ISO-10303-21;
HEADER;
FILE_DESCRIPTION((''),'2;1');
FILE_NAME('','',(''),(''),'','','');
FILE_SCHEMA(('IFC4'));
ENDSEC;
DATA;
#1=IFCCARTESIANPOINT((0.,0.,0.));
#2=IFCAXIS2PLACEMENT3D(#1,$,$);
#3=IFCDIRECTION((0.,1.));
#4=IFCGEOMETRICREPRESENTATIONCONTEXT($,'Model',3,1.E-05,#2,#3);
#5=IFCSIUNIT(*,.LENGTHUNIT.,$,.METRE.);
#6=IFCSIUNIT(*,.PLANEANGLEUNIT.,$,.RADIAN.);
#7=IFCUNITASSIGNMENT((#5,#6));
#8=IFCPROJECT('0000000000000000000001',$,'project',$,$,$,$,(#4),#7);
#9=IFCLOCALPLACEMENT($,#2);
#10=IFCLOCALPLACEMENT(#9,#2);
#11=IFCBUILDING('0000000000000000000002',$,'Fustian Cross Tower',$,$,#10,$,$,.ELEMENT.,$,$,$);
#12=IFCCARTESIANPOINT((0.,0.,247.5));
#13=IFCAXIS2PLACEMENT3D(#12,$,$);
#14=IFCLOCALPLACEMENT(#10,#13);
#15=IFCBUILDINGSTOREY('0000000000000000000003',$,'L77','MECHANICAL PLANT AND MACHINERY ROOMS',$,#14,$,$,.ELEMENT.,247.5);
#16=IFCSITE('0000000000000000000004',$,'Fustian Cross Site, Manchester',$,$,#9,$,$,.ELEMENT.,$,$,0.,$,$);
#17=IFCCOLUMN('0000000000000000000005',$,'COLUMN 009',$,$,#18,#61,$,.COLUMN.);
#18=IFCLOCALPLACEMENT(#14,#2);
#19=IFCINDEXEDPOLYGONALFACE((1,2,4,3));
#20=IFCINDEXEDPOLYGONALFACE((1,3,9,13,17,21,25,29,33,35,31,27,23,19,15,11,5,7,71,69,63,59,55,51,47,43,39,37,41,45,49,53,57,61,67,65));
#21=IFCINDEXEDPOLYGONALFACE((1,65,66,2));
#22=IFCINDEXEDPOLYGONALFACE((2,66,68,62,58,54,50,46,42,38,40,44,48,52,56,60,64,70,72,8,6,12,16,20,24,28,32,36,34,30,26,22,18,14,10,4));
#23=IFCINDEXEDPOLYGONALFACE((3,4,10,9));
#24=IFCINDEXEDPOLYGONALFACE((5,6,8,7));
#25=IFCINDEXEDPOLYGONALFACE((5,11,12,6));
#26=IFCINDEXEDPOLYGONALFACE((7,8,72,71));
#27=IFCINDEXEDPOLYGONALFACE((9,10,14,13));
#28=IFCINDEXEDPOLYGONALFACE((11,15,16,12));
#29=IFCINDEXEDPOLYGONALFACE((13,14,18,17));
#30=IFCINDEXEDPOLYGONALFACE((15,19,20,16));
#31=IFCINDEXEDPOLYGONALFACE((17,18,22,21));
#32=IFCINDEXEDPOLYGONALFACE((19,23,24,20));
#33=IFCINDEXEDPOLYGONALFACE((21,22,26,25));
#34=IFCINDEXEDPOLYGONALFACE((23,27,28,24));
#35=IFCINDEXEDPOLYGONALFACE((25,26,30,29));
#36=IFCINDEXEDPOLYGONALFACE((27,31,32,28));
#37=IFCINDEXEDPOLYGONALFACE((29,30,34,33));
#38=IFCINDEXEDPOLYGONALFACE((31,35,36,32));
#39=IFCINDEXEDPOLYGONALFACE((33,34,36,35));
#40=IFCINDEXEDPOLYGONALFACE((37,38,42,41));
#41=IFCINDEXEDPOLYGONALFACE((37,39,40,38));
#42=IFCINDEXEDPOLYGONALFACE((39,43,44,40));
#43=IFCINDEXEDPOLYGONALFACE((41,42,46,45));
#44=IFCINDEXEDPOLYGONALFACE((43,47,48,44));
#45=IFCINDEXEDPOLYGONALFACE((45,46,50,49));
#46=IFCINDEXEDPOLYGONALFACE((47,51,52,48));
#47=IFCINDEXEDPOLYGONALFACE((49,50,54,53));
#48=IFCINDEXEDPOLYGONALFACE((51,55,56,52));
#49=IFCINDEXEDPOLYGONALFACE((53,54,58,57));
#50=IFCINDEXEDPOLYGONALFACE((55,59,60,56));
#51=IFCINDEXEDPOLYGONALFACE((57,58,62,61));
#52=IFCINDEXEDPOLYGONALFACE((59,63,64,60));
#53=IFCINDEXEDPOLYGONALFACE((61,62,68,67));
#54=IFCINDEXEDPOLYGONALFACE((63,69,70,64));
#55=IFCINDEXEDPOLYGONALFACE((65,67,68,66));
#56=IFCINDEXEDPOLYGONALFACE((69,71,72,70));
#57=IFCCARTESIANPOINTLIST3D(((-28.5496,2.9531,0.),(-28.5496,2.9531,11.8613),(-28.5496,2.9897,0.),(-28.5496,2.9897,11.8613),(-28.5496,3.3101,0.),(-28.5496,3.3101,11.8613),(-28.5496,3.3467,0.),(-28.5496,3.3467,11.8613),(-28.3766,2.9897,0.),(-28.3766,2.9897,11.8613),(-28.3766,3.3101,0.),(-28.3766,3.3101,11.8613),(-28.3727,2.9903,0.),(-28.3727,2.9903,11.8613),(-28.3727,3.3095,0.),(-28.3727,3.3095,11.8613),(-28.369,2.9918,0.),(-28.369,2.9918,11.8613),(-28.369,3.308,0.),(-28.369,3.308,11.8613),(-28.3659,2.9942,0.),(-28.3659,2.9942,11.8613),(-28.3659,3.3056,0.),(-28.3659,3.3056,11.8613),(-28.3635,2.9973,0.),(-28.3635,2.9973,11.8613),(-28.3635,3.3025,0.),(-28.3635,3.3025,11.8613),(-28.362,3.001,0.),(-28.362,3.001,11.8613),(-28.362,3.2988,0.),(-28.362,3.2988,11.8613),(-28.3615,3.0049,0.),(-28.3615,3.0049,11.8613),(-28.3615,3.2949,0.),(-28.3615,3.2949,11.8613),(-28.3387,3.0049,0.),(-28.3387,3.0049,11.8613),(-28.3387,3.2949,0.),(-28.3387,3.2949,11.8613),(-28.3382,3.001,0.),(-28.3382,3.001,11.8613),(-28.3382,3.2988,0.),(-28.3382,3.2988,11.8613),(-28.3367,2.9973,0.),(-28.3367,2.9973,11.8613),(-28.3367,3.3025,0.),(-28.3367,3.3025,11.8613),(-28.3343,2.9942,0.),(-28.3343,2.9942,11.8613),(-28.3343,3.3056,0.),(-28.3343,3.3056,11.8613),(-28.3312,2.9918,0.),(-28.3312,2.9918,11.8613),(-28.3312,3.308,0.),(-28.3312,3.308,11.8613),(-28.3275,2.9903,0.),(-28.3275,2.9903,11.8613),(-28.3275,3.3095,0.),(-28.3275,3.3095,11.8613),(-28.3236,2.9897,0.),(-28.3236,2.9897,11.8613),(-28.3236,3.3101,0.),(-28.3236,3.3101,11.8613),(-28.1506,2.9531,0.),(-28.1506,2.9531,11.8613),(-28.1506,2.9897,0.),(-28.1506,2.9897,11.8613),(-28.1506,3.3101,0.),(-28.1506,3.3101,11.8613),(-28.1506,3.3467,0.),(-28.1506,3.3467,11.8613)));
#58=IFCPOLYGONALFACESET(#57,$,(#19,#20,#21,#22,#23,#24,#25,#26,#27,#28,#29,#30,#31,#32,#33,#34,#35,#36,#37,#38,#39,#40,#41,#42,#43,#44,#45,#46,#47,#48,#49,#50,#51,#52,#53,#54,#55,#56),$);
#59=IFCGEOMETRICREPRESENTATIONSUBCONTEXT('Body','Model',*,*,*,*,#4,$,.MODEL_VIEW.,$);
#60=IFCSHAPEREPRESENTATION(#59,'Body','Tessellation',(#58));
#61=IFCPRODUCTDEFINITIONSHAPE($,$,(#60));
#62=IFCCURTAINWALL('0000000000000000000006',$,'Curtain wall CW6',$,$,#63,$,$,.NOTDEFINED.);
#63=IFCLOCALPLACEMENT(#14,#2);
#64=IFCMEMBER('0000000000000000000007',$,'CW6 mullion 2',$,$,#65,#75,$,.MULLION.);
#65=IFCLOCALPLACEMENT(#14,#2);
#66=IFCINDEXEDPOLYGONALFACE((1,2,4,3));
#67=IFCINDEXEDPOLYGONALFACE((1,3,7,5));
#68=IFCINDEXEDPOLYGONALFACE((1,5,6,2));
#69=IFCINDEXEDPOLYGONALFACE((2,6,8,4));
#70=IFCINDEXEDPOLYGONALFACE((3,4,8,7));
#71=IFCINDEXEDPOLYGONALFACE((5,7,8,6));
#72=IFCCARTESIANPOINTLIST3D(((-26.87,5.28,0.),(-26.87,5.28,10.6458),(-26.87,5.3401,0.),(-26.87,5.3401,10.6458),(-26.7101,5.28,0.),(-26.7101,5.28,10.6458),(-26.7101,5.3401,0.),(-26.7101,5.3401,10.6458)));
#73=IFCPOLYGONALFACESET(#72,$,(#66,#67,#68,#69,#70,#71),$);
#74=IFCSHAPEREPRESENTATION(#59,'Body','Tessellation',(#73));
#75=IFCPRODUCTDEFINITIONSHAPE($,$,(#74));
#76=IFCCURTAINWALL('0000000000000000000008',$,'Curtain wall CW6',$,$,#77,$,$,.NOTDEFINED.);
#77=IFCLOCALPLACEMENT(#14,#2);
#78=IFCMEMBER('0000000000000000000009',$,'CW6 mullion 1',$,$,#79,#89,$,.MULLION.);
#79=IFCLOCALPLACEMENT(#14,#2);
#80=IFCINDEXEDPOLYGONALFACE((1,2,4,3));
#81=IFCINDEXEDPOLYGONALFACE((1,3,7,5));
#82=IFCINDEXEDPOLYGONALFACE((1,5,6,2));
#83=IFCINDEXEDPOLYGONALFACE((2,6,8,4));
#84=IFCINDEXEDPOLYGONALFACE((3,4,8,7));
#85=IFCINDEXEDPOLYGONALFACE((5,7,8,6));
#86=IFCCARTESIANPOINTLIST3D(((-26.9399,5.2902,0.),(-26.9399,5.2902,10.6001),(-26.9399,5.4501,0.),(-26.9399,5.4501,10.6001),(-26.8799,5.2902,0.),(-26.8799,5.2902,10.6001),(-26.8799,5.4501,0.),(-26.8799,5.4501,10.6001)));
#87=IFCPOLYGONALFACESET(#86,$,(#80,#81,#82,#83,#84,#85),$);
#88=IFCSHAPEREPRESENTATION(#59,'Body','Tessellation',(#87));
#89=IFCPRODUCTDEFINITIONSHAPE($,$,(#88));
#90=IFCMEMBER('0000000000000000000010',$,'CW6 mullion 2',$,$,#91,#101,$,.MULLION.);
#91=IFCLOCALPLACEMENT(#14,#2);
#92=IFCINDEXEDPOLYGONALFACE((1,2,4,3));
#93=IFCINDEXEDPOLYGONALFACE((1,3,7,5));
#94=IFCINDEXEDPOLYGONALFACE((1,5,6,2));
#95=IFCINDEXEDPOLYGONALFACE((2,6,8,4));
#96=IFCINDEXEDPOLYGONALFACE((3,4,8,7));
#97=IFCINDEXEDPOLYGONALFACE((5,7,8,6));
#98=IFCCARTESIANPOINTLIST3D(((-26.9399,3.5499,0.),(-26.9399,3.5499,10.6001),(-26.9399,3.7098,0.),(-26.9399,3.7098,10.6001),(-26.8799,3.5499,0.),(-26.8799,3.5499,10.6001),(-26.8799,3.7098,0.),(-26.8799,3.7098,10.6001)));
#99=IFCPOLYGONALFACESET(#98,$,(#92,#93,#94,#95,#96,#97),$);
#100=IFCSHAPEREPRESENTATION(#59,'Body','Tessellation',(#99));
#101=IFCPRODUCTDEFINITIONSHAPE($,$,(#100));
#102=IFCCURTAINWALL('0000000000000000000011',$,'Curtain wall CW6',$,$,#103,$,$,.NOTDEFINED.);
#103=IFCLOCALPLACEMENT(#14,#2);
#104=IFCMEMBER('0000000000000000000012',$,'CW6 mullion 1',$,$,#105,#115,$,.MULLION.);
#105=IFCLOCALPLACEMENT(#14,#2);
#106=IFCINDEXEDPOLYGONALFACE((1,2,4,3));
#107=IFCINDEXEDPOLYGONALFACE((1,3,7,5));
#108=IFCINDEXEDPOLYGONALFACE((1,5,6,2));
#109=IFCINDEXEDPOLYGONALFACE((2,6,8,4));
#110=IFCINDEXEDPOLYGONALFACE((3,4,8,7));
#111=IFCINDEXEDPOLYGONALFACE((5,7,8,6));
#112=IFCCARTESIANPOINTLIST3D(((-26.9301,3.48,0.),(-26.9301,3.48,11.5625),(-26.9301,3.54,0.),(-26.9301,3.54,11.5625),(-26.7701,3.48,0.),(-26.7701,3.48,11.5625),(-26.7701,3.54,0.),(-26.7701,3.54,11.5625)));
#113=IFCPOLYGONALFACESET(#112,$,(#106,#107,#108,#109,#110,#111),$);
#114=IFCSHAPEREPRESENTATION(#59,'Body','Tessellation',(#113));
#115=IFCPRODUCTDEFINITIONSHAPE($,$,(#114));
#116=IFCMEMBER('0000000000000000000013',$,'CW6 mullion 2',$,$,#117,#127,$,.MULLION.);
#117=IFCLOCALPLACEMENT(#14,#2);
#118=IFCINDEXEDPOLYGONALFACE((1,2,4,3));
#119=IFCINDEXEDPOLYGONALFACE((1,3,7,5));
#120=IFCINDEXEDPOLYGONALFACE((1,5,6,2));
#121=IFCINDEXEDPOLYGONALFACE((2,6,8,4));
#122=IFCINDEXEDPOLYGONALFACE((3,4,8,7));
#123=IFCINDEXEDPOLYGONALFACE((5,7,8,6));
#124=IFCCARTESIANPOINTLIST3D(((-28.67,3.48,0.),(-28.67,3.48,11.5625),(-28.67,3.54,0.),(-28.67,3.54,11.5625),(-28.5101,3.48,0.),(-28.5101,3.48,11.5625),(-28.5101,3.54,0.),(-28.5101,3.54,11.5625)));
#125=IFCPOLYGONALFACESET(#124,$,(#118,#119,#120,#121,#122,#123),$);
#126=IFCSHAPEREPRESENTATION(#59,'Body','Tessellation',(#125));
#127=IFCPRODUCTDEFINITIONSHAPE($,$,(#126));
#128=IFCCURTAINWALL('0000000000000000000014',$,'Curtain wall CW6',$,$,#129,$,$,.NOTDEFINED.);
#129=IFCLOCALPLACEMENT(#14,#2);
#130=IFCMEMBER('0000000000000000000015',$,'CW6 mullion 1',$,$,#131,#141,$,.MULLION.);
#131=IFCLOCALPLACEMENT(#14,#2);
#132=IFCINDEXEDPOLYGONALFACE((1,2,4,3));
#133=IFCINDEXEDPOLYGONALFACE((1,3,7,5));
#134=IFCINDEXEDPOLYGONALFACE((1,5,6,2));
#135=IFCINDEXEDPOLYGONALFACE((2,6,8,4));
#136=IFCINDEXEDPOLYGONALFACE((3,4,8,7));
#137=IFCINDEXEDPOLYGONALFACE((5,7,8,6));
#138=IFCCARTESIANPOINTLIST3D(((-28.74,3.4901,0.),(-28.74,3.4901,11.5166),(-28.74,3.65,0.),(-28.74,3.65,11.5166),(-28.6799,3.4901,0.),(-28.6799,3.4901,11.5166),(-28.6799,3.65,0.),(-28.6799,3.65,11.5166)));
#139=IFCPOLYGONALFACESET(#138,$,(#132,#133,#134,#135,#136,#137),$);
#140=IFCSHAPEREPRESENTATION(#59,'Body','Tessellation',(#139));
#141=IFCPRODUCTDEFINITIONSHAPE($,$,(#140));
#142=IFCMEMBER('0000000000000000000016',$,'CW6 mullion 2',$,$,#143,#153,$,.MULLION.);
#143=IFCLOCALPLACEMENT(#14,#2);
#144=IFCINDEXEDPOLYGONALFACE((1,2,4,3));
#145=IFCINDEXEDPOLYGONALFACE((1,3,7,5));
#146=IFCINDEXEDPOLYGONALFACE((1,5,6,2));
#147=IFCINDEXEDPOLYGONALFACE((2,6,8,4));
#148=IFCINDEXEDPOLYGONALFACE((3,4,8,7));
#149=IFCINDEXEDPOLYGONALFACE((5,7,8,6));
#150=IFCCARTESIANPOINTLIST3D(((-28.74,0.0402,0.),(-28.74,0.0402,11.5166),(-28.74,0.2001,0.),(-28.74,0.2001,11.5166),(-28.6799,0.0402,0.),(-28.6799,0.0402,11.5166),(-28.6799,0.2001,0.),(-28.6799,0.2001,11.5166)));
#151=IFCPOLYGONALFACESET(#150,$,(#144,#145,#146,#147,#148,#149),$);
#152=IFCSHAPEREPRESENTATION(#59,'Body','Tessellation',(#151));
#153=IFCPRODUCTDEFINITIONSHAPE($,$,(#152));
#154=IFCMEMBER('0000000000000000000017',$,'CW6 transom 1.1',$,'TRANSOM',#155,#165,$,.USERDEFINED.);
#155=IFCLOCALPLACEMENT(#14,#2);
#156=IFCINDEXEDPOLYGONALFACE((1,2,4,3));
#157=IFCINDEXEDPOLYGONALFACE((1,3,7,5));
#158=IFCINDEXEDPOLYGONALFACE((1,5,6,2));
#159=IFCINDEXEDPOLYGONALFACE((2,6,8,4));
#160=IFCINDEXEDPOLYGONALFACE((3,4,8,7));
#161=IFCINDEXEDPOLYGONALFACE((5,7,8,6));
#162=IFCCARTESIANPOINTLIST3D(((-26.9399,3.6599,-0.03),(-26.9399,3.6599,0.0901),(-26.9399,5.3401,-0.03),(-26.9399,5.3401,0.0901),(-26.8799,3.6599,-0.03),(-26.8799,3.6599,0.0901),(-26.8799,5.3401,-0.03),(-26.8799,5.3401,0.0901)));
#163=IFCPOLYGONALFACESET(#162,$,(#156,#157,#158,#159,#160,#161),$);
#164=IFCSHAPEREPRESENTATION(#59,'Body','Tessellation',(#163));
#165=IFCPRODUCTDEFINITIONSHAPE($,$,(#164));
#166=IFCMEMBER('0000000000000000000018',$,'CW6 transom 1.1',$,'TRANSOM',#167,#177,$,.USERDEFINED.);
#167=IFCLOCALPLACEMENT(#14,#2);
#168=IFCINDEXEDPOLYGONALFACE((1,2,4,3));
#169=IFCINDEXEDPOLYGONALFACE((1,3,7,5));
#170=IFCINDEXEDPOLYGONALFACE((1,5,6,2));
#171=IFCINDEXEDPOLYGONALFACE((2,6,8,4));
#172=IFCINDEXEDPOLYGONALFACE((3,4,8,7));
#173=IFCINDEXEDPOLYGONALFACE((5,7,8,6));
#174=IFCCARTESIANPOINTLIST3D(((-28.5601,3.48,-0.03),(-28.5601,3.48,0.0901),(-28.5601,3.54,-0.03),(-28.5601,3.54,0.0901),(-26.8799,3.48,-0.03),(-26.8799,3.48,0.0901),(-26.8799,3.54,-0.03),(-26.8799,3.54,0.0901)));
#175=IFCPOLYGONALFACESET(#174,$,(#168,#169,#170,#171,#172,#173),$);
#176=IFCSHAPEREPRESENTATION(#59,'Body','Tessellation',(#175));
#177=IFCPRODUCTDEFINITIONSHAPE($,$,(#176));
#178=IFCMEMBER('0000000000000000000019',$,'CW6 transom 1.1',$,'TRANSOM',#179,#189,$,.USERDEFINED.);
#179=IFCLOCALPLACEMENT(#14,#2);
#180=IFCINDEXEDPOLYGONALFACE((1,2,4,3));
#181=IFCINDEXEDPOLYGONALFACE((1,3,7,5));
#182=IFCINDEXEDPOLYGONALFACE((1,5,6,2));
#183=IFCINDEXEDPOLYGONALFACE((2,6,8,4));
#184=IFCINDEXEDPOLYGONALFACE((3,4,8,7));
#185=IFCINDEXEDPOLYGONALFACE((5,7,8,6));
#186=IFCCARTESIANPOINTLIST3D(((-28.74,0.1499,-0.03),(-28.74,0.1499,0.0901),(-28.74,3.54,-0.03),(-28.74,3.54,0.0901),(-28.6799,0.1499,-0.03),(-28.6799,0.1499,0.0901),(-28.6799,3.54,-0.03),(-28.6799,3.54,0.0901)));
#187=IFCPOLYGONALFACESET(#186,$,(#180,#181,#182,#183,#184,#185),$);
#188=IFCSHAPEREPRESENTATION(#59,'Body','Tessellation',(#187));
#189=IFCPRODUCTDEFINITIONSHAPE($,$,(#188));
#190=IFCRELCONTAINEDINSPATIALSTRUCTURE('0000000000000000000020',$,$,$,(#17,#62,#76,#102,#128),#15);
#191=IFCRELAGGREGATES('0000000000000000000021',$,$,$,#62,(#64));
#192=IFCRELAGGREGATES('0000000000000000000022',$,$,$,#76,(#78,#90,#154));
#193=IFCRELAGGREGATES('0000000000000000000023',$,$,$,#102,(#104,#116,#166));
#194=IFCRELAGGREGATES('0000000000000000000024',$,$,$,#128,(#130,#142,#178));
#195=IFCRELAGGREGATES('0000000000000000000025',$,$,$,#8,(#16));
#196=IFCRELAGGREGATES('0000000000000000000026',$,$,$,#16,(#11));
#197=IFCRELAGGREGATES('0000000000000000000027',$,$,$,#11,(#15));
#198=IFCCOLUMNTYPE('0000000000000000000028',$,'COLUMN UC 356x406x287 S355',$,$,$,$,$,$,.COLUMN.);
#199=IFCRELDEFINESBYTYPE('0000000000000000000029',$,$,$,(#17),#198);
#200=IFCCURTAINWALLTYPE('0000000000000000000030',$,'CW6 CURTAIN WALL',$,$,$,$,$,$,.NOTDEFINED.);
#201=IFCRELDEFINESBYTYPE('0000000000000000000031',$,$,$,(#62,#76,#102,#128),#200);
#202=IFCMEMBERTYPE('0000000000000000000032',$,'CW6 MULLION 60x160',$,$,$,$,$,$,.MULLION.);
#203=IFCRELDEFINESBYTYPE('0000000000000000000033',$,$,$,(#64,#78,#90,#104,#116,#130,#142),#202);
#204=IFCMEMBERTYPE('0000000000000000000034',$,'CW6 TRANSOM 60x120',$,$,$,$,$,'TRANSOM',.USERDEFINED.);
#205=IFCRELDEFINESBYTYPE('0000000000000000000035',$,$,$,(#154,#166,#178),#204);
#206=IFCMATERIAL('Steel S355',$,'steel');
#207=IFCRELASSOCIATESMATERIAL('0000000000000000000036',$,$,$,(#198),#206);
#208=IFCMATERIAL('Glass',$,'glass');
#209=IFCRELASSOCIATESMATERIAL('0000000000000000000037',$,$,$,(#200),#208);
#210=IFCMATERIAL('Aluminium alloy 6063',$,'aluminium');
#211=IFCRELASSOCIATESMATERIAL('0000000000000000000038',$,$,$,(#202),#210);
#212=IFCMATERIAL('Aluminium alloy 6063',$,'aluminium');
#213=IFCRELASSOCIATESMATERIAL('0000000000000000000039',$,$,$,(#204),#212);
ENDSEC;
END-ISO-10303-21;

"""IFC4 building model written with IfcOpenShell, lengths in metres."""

from ifc_helpers import new_model, si_unit, direction, frame, origin, origin_2d, place, context, subcontext, project, spatial, rectangle, i_section, extrude, material, material_profile, profile_set, type_object, element, aggregate, save


model = new_model("IFC4")

# Units and contexts
model_context = context("Model", 3, precision=1e-05, world=origin(), true_north=direction((0.0, 1.0)))
body_context = subcontext(model_context, "Body", "Model", "MODEL_VIEW")
ifc_project = project(units=[si_unit("LENGTHUNIT", "METRE"), si_unit("PLANEANGLEUNIT", "RADIAN")], contexts=[model_context])

# Site, building, storey
site_placement = place(None, origin())
site = spatial("IfcSite", under=ifc_project, at=site_placement, Name="Fustian Cross Site, Manchester", CompositionType="ELEMENT", RefElevation=0.0)
building_placement = place(site_placement, origin())
building = spatial("IfcBuilding", under=site, at=building_placement, Name="Fustian Cross Tower", CompositionType="ELEMENT")
storey_placement = place(building_placement, frame((0.0, 0.0, 247.5)))
storey = spatial("IfcBuildingStorey", under=building, at=storey_placement, Name="L77", Description="MECHANICAL PLANT AND MACHINERY ROOMS", CompositionType="ELEMENT", Elevation=247.5)

# Column
ifc_material_1 = material(Name="Steel S355", Category="steel")
ifc_material_profile_1 = material_profile(ifc_material_1, i_section(OverallWidth=0.3989, OverallDepth=0.3936, WebThickness=0.0227, FlangeThickness=0.0366, FilletRadius=0.0151, at=origin_2d()), Name="UC 356x406x287")
ifc_profile_set_1 = profile_set([ifc_material_profile_1], Name="Steel S355")
column_type = type_object("IfcColumnType", Name="COLUMN UC 356x406x287 S355", PredefinedType="COLUMN", material=ifc_profile_set_1)
column_placement = place(storey_placement, frame((-28.3501, 3.1499, 0.0), z_axis=(0.0, 0.0, 1.0), x_axis=(1.0, 0.0, 0.0)))
element("IfcColumn", 1, at=column_placement, inside=storey, type_object=column_type, Name="COLUMN 009", PredefinedType="COLUMN", context=body_context, shape_type="SweptSolid", body=[
    extrude(i_section(OverallWidth=0.3989, OverallDepth=0.3936, WebThickness=0.0227, FlangeThickness=0.0366, FilletRadius=0.0151, at=origin_2d()), origin(), (0.0, 0.0, 1.0), 11.8613),
])

# Curtain wall, member
ifc_material_2 = material(Name="Glass", Category="glass")
curtain_wall_type = type_object("IfcCurtainWallType", Name="CW6 CURTAIN WALL", PredefinedType="NOTDEFINED", material=ifc_material_2)
curtain_wall_1_placement = place(storey_placement, origin())
curtain_wall_1 = element("IfcCurtainWall", 2, at=curtain_wall_1_placement, inside=storey, type_object=curtain_wall_type, Name="Curtain wall CW6", PredefinedType="NOTDEFINED")
ifc_material_3 = material(Name="Aluminium alloy 6063", Category="aluminium")
ifc_material_profile_2 = material_profile(ifc_material_3, rectangle(XDim=0.0601, YDim=0.1599, at=origin_2d()), Name="CW6 MULLION 60x160")
ifc_profile_set_2 = profile_set([ifc_material_profile_2], Name="Aluminium alloy 6063")
member_type_1 = type_object("IfcMemberType", Name="CW6 MULLION 60x160", PredefinedType="MULLION", material=ifc_profile_set_2)
member_1_placement = place(storey_placement, frame((-26.79, 5.3101, 0.0), z_axis=(0.0, 0.0, 1.0), x_axis=(0.0, -1.0, 0.0)))
member_1 = element("IfcMember", 3, at=member_1_placement, type_object=member_type_1, Name="CW6 mullion 2", PredefinedType="MULLION", context=body_context, shape_type="SweptSolid", body=[
    extrude(rectangle(XDim=0.0601, YDim=0.1599, at=origin_2d()), origin(), (0.0, 0.0, 1.0), 10.6458),
])

# Curtain walls, members
curtain_wall_2_placement = place(storey_placement, origin())
curtain_wall_2 = element("IfcCurtainWall", 4, at=curtain_wall_2_placement, inside=storey, type_object=curtain_wall_type, Name="Curtain wall CW6", PredefinedType="NOTDEFINED")
member_2_placement = place(storey_placement, frame((-26.9099, 5.3701, 0.0), z_axis=(0.0, 0.0, 1.0), x_axis=(1.0, 0.0, 0.0)))
member_2 = element("IfcMember", 5, at=member_2_placement, type_object=member_type_1, Name="CW6 mullion 1", PredefinedType="MULLION", context=body_context, shape_type="SweptSolid", body=[
    extrude(rectangle(XDim=0.0601, YDim=0.1599, at=origin_2d()), origin(), (0.0, 0.0, 1.0), 10.6001),
])
member_3_placement = place(storey_placement, frame((-26.9099, 3.6299, 0.0), z_axis=(0.0, 0.0, 1.0), x_axis=(1.0, 0.0, 0.0)))
member_3 = element("IfcMember", 6, at=member_3_placement, type_object=member_type_1, Name="CW6 mullion 2", PredefinedType="MULLION", context=body_context, shape_type="SweptSolid", body=[
    extrude(rectangle(XDim=0.0601, YDim=0.1599, at=origin_2d()), origin(), (0.0, 0.0, 1.0), 10.6001),
])
curtain_wall_3_placement = place(storey_placement, origin())
curtain_wall_3 = element("IfcCurtainWall", 7, at=curtain_wall_3_placement, inside=storey, type_object=curtain_wall_type, Name="Curtain wall CW6", PredefinedType="NOTDEFINED")
member_4_placement = place(storey_placement, frame((-26.8501, 3.51, 0.0), z_axis=(0.0, 0.0, 1.0), x_axis=(0.0, -1.0, 0.0)))
member_4 = element("IfcMember", 8, at=member_4_placement, type_object=member_type_1, Name="CW6 mullion 1", PredefinedType="MULLION", context=body_context, shape_type="SweptSolid", body=[
    extrude(rectangle(XDim=0.0601, YDim=0.1599, at=origin_2d()), origin(), (0.0, 0.0, 1.0), 11.5625),
])
member_5_placement = place(storey_placement, frame((-28.5901, 3.51, 0.0), z_axis=(0.0, 0.0, 1.0), x_axis=(0.0, -1.0, 0.0)))
member_5 = element("IfcMember", 9, at=member_5_placement, type_object=member_type_1, Name="CW6 mullion 2", PredefinedType="MULLION", context=body_context, shape_type="SweptSolid", body=[
    extrude(rectangle(XDim=0.0601, YDim=0.1599, at=origin_2d()), origin(), (0.0, 0.0, 1.0), 11.5625),
])
curtain_wall_4_placement = place(storey_placement, origin())
curtain_wall_4 = element("IfcCurtainWall", 10, at=curtain_wall_4_placement, inside=storey, type_object=curtain_wall_type, Name="Curtain wall CW6", PredefinedType="NOTDEFINED")
member_6_placement = place(storey_placement, frame((-28.71, 3.5701, 0.0), z_axis=(0.0, 0.0, 1.0), x_axis=(1.0, 0.0, 0.0)))
member_6 = element("IfcMember", 11, at=member_6_placement, type_object=member_type_1, Name="CW6 mullion 1", PredefinedType="MULLION", context=body_context, shape_type="SweptSolid", body=[
    extrude(rectangle(XDim=0.0601, YDim=0.1599, at=origin_2d()), origin(), (0.0, 0.0, 1.0), 11.5166),
])
member_7_placement = place(storey_placement, frame((-28.71, 0.1201, 0.0), z_axis=(0.0, 0.0, 1.0), x_axis=(1.0, 0.0, 0.0)))
member_7 = element("IfcMember", 12, at=member_7_placement, type_object=member_type_1, Name="CW6 mullion 2", PredefinedType="MULLION", context=body_context, shape_type="SweptSolid", body=[
    extrude(rectangle(XDim=0.0601, YDim=0.1599, at=origin_2d()), origin(), (0.0, 0.0, 1.0), 11.5166),
])

# Members
ifc_material_4 = material(Name="Aluminium alloy 6063", Category="aluminium")
ifc_material_profile_3 = material_profile(ifc_material_4, rectangle(XDim=0.0601, YDim=0.1201, at=origin_2d()), Name="CW6 TRANSOM 60x120")
ifc_profile_set_3 = profile_set([ifc_material_profile_3], Name="Aluminium alloy 6063")
member_type_2 = type_object("IfcMemberType", Name="CW6 TRANSOM 60x120", ElementType="TRANSOM", PredefinedType="USERDEFINED", material=ifc_profile_set_3)
member_8_placement = place(storey_placement, frame((-26.9099, 5.3401, 0.03), z_axis=(0.0, -1.0, 0.0), x_axis=(1.0, 0.0, 0.0)))
member_8 = element("IfcMember", 13, at=member_8_placement, type_object=member_type_2, Name="CW6 transom 1.1", ObjectType="TRANSOM", PredefinedType="USERDEFINED", context=body_context, shape_type="SweptSolid", body=[
    extrude(rectangle(XDim=0.0601, YDim=0.1201, at=origin_2d()), origin(), (0.0, 0.0, 1.0), 1.6802),
])
member_9_placement = place(storey_placement, frame((-26.8799, 3.51, 0.03), z_axis=(-1.0, 0.0, 0.0), x_axis=(0.0, -1.0, 0.0)))
member_9 = element("IfcMember", 14, at=member_9_placement, type_object=member_type_2, Name="CW6 transom 1.1", ObjectType="TRANSOM", PredefinedType="USERDEFINED", context=body_context, shape_type="SweptSolid", body=[
    extrude(rectangle(XDim=0.0601, YDim=0.1201, at=origin_2d()), origin(), (0.0, 0.0, 1.0), 1.6802),
])
member_10_placement = place(storey_placement, frame((-28.71, 3.54, 0.03), z_axis=(0.0, -1.0, 0.0), x_axis=(1.0, 0.0, 0.0)))
member_10 = element("IfcMember", 15, at=member_10_placement, type_object=member_type_2, Name="CW6 transom 1.1", ObjectType="TRANSOM", PredefinedType="USERDEFINED", context=body_context, shape_type="SweptSolid", body=[
    extrude(rectangle(XDim=0.0601, YDim=0.1201, at=origin_2d()), origin(), (0.0, 0.0, 1.0), 3.3901),
])

aggregate(curtain_wall_1, [member_1])
aggregate(curtain_wall_2, [member_2, member_3, member_8])
aggregate(curtain_wall_3, [member_4, member_5, member_9])
aggregate(curtain_wall_4, [member_6, member_7, member_10])

save(model, "model.ifc")
